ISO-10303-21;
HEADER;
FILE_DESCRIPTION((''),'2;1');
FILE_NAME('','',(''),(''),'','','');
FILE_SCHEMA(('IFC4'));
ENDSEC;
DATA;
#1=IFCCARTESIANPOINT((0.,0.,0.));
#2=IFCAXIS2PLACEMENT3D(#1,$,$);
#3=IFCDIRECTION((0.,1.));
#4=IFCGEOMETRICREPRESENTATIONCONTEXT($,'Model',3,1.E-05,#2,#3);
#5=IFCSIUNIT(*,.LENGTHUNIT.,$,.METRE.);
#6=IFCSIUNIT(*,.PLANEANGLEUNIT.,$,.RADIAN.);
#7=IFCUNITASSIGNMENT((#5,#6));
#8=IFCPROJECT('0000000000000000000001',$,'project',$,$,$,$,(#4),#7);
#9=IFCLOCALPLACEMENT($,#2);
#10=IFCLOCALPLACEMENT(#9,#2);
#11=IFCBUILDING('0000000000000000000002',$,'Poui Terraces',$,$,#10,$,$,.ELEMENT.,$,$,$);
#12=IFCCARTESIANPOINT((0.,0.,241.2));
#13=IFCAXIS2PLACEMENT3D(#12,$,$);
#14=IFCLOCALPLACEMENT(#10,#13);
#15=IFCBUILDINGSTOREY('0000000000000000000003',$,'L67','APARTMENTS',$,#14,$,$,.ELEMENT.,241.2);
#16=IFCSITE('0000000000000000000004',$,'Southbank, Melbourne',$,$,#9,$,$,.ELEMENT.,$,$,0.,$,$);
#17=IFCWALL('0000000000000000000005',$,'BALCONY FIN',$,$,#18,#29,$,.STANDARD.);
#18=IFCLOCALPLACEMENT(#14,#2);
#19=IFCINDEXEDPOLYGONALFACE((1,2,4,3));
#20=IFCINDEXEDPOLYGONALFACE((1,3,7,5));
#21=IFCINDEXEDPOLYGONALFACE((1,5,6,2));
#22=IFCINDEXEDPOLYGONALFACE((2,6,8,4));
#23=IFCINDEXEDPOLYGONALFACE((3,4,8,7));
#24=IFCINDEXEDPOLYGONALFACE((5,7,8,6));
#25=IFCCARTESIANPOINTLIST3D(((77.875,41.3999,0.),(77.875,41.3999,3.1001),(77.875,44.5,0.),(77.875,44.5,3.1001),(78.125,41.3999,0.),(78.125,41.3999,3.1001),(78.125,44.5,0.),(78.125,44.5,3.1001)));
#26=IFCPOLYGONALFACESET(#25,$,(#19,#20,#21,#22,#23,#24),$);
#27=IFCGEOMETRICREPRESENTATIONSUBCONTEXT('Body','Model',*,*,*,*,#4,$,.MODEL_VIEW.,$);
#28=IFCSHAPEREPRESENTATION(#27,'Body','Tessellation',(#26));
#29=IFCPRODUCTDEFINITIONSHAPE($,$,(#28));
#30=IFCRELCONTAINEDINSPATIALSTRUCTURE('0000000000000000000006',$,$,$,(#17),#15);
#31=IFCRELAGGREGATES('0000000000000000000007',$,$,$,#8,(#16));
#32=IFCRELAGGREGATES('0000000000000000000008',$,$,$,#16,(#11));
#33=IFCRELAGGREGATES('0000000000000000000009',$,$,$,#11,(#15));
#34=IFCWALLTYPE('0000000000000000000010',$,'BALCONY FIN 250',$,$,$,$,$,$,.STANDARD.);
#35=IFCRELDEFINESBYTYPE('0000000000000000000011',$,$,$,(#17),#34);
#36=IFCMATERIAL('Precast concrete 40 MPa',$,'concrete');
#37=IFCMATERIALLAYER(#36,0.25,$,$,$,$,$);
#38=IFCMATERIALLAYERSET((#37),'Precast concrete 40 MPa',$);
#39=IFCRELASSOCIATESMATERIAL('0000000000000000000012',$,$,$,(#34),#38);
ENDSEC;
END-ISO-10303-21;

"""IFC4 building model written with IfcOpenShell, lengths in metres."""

from ifc_helpers import new_model, si_unit, direction, frame, origin, place, context, subcontext, project, spatial, polyline, outline, extrude, source, transform, mapped, material, layer, layer_set, type_object, element, save


model = new_model("IFC4")

# Units and contexts
model_context = context("Model", 3, precision=1e-05, world=origin(), true_north=direction((0.0, 1.0)))
body_context = subcontext(model_context, "Body", "Model", "MODEL_VIEW")
ifc_project = project(units=[si_unit("LENGTHUNIT", "METRE"), si_unit("PLANEANGLEUNIT", "RADIAN")], contexts=[model_context])

# Site, building, storey
site_placement = place(None, origin())
site = spatial("IfcSite", under=ifc_project, at=site_placement, Name="Southbank, Melbourne", CompositionType="ELEMENT", RefElevation=0.0)
building_placement = place(site_placement, origin())
building = spatial("IfcBuilding", under=site, at=building_placement, Name="Poui Terraces", CompositionType="ELEMENT")
storey_placement = place(building_placement, frame((0.0, 0.0, 241.2)))
storey = spatial("IfcBuildingStorey", under=building, at=storey_placement, Name="L67", Description="APARTMENTS", CompositionType="ELEMENT", Elevation=241.2)

# Shared definitions
ifc_material_1 = material(Name="Precast concrete 40 MPa", Category="concrete")

# Wall
ifc_layer_1 = layer(ifc_material_1, 0.25)
ifc_layer_set_1 = layer_set([ifc_layer_1], Name="Precast concrete 40 MPa")
wall_type_1 = type_object("IfcWallType", Name="BALCONY FIN 250", PredefinedType="STANDARD", material=ifc_layer_set_1)
shared_shape_1 = source(origin(), body_context, "Body", "SweptSolid", [
    extrude(outline(polyline([(0.0, 0.0), (0.25, 0.0), (0.25, 3.1001), (0.0, 3.1001), (0.0, 0.0)])), origin(), (0.0, 0.0, 1.0), 3.1001),
])
wall_1_placement = place(storey_placement, frame((77.875, 41.3999, 0.0)))
element("IfcWall", 1, at=wall_1_placement, inside=storey, type_object=wall_type_1, Name="BALCONY FIN", PredefinedType="STANDARD", context=body_context, shape_type="MappedRepresentation", body=[
    mapped(shared_shape_1, transform((0.0, 0.0, 0.0))),
])

save(model, "model.ifc")
